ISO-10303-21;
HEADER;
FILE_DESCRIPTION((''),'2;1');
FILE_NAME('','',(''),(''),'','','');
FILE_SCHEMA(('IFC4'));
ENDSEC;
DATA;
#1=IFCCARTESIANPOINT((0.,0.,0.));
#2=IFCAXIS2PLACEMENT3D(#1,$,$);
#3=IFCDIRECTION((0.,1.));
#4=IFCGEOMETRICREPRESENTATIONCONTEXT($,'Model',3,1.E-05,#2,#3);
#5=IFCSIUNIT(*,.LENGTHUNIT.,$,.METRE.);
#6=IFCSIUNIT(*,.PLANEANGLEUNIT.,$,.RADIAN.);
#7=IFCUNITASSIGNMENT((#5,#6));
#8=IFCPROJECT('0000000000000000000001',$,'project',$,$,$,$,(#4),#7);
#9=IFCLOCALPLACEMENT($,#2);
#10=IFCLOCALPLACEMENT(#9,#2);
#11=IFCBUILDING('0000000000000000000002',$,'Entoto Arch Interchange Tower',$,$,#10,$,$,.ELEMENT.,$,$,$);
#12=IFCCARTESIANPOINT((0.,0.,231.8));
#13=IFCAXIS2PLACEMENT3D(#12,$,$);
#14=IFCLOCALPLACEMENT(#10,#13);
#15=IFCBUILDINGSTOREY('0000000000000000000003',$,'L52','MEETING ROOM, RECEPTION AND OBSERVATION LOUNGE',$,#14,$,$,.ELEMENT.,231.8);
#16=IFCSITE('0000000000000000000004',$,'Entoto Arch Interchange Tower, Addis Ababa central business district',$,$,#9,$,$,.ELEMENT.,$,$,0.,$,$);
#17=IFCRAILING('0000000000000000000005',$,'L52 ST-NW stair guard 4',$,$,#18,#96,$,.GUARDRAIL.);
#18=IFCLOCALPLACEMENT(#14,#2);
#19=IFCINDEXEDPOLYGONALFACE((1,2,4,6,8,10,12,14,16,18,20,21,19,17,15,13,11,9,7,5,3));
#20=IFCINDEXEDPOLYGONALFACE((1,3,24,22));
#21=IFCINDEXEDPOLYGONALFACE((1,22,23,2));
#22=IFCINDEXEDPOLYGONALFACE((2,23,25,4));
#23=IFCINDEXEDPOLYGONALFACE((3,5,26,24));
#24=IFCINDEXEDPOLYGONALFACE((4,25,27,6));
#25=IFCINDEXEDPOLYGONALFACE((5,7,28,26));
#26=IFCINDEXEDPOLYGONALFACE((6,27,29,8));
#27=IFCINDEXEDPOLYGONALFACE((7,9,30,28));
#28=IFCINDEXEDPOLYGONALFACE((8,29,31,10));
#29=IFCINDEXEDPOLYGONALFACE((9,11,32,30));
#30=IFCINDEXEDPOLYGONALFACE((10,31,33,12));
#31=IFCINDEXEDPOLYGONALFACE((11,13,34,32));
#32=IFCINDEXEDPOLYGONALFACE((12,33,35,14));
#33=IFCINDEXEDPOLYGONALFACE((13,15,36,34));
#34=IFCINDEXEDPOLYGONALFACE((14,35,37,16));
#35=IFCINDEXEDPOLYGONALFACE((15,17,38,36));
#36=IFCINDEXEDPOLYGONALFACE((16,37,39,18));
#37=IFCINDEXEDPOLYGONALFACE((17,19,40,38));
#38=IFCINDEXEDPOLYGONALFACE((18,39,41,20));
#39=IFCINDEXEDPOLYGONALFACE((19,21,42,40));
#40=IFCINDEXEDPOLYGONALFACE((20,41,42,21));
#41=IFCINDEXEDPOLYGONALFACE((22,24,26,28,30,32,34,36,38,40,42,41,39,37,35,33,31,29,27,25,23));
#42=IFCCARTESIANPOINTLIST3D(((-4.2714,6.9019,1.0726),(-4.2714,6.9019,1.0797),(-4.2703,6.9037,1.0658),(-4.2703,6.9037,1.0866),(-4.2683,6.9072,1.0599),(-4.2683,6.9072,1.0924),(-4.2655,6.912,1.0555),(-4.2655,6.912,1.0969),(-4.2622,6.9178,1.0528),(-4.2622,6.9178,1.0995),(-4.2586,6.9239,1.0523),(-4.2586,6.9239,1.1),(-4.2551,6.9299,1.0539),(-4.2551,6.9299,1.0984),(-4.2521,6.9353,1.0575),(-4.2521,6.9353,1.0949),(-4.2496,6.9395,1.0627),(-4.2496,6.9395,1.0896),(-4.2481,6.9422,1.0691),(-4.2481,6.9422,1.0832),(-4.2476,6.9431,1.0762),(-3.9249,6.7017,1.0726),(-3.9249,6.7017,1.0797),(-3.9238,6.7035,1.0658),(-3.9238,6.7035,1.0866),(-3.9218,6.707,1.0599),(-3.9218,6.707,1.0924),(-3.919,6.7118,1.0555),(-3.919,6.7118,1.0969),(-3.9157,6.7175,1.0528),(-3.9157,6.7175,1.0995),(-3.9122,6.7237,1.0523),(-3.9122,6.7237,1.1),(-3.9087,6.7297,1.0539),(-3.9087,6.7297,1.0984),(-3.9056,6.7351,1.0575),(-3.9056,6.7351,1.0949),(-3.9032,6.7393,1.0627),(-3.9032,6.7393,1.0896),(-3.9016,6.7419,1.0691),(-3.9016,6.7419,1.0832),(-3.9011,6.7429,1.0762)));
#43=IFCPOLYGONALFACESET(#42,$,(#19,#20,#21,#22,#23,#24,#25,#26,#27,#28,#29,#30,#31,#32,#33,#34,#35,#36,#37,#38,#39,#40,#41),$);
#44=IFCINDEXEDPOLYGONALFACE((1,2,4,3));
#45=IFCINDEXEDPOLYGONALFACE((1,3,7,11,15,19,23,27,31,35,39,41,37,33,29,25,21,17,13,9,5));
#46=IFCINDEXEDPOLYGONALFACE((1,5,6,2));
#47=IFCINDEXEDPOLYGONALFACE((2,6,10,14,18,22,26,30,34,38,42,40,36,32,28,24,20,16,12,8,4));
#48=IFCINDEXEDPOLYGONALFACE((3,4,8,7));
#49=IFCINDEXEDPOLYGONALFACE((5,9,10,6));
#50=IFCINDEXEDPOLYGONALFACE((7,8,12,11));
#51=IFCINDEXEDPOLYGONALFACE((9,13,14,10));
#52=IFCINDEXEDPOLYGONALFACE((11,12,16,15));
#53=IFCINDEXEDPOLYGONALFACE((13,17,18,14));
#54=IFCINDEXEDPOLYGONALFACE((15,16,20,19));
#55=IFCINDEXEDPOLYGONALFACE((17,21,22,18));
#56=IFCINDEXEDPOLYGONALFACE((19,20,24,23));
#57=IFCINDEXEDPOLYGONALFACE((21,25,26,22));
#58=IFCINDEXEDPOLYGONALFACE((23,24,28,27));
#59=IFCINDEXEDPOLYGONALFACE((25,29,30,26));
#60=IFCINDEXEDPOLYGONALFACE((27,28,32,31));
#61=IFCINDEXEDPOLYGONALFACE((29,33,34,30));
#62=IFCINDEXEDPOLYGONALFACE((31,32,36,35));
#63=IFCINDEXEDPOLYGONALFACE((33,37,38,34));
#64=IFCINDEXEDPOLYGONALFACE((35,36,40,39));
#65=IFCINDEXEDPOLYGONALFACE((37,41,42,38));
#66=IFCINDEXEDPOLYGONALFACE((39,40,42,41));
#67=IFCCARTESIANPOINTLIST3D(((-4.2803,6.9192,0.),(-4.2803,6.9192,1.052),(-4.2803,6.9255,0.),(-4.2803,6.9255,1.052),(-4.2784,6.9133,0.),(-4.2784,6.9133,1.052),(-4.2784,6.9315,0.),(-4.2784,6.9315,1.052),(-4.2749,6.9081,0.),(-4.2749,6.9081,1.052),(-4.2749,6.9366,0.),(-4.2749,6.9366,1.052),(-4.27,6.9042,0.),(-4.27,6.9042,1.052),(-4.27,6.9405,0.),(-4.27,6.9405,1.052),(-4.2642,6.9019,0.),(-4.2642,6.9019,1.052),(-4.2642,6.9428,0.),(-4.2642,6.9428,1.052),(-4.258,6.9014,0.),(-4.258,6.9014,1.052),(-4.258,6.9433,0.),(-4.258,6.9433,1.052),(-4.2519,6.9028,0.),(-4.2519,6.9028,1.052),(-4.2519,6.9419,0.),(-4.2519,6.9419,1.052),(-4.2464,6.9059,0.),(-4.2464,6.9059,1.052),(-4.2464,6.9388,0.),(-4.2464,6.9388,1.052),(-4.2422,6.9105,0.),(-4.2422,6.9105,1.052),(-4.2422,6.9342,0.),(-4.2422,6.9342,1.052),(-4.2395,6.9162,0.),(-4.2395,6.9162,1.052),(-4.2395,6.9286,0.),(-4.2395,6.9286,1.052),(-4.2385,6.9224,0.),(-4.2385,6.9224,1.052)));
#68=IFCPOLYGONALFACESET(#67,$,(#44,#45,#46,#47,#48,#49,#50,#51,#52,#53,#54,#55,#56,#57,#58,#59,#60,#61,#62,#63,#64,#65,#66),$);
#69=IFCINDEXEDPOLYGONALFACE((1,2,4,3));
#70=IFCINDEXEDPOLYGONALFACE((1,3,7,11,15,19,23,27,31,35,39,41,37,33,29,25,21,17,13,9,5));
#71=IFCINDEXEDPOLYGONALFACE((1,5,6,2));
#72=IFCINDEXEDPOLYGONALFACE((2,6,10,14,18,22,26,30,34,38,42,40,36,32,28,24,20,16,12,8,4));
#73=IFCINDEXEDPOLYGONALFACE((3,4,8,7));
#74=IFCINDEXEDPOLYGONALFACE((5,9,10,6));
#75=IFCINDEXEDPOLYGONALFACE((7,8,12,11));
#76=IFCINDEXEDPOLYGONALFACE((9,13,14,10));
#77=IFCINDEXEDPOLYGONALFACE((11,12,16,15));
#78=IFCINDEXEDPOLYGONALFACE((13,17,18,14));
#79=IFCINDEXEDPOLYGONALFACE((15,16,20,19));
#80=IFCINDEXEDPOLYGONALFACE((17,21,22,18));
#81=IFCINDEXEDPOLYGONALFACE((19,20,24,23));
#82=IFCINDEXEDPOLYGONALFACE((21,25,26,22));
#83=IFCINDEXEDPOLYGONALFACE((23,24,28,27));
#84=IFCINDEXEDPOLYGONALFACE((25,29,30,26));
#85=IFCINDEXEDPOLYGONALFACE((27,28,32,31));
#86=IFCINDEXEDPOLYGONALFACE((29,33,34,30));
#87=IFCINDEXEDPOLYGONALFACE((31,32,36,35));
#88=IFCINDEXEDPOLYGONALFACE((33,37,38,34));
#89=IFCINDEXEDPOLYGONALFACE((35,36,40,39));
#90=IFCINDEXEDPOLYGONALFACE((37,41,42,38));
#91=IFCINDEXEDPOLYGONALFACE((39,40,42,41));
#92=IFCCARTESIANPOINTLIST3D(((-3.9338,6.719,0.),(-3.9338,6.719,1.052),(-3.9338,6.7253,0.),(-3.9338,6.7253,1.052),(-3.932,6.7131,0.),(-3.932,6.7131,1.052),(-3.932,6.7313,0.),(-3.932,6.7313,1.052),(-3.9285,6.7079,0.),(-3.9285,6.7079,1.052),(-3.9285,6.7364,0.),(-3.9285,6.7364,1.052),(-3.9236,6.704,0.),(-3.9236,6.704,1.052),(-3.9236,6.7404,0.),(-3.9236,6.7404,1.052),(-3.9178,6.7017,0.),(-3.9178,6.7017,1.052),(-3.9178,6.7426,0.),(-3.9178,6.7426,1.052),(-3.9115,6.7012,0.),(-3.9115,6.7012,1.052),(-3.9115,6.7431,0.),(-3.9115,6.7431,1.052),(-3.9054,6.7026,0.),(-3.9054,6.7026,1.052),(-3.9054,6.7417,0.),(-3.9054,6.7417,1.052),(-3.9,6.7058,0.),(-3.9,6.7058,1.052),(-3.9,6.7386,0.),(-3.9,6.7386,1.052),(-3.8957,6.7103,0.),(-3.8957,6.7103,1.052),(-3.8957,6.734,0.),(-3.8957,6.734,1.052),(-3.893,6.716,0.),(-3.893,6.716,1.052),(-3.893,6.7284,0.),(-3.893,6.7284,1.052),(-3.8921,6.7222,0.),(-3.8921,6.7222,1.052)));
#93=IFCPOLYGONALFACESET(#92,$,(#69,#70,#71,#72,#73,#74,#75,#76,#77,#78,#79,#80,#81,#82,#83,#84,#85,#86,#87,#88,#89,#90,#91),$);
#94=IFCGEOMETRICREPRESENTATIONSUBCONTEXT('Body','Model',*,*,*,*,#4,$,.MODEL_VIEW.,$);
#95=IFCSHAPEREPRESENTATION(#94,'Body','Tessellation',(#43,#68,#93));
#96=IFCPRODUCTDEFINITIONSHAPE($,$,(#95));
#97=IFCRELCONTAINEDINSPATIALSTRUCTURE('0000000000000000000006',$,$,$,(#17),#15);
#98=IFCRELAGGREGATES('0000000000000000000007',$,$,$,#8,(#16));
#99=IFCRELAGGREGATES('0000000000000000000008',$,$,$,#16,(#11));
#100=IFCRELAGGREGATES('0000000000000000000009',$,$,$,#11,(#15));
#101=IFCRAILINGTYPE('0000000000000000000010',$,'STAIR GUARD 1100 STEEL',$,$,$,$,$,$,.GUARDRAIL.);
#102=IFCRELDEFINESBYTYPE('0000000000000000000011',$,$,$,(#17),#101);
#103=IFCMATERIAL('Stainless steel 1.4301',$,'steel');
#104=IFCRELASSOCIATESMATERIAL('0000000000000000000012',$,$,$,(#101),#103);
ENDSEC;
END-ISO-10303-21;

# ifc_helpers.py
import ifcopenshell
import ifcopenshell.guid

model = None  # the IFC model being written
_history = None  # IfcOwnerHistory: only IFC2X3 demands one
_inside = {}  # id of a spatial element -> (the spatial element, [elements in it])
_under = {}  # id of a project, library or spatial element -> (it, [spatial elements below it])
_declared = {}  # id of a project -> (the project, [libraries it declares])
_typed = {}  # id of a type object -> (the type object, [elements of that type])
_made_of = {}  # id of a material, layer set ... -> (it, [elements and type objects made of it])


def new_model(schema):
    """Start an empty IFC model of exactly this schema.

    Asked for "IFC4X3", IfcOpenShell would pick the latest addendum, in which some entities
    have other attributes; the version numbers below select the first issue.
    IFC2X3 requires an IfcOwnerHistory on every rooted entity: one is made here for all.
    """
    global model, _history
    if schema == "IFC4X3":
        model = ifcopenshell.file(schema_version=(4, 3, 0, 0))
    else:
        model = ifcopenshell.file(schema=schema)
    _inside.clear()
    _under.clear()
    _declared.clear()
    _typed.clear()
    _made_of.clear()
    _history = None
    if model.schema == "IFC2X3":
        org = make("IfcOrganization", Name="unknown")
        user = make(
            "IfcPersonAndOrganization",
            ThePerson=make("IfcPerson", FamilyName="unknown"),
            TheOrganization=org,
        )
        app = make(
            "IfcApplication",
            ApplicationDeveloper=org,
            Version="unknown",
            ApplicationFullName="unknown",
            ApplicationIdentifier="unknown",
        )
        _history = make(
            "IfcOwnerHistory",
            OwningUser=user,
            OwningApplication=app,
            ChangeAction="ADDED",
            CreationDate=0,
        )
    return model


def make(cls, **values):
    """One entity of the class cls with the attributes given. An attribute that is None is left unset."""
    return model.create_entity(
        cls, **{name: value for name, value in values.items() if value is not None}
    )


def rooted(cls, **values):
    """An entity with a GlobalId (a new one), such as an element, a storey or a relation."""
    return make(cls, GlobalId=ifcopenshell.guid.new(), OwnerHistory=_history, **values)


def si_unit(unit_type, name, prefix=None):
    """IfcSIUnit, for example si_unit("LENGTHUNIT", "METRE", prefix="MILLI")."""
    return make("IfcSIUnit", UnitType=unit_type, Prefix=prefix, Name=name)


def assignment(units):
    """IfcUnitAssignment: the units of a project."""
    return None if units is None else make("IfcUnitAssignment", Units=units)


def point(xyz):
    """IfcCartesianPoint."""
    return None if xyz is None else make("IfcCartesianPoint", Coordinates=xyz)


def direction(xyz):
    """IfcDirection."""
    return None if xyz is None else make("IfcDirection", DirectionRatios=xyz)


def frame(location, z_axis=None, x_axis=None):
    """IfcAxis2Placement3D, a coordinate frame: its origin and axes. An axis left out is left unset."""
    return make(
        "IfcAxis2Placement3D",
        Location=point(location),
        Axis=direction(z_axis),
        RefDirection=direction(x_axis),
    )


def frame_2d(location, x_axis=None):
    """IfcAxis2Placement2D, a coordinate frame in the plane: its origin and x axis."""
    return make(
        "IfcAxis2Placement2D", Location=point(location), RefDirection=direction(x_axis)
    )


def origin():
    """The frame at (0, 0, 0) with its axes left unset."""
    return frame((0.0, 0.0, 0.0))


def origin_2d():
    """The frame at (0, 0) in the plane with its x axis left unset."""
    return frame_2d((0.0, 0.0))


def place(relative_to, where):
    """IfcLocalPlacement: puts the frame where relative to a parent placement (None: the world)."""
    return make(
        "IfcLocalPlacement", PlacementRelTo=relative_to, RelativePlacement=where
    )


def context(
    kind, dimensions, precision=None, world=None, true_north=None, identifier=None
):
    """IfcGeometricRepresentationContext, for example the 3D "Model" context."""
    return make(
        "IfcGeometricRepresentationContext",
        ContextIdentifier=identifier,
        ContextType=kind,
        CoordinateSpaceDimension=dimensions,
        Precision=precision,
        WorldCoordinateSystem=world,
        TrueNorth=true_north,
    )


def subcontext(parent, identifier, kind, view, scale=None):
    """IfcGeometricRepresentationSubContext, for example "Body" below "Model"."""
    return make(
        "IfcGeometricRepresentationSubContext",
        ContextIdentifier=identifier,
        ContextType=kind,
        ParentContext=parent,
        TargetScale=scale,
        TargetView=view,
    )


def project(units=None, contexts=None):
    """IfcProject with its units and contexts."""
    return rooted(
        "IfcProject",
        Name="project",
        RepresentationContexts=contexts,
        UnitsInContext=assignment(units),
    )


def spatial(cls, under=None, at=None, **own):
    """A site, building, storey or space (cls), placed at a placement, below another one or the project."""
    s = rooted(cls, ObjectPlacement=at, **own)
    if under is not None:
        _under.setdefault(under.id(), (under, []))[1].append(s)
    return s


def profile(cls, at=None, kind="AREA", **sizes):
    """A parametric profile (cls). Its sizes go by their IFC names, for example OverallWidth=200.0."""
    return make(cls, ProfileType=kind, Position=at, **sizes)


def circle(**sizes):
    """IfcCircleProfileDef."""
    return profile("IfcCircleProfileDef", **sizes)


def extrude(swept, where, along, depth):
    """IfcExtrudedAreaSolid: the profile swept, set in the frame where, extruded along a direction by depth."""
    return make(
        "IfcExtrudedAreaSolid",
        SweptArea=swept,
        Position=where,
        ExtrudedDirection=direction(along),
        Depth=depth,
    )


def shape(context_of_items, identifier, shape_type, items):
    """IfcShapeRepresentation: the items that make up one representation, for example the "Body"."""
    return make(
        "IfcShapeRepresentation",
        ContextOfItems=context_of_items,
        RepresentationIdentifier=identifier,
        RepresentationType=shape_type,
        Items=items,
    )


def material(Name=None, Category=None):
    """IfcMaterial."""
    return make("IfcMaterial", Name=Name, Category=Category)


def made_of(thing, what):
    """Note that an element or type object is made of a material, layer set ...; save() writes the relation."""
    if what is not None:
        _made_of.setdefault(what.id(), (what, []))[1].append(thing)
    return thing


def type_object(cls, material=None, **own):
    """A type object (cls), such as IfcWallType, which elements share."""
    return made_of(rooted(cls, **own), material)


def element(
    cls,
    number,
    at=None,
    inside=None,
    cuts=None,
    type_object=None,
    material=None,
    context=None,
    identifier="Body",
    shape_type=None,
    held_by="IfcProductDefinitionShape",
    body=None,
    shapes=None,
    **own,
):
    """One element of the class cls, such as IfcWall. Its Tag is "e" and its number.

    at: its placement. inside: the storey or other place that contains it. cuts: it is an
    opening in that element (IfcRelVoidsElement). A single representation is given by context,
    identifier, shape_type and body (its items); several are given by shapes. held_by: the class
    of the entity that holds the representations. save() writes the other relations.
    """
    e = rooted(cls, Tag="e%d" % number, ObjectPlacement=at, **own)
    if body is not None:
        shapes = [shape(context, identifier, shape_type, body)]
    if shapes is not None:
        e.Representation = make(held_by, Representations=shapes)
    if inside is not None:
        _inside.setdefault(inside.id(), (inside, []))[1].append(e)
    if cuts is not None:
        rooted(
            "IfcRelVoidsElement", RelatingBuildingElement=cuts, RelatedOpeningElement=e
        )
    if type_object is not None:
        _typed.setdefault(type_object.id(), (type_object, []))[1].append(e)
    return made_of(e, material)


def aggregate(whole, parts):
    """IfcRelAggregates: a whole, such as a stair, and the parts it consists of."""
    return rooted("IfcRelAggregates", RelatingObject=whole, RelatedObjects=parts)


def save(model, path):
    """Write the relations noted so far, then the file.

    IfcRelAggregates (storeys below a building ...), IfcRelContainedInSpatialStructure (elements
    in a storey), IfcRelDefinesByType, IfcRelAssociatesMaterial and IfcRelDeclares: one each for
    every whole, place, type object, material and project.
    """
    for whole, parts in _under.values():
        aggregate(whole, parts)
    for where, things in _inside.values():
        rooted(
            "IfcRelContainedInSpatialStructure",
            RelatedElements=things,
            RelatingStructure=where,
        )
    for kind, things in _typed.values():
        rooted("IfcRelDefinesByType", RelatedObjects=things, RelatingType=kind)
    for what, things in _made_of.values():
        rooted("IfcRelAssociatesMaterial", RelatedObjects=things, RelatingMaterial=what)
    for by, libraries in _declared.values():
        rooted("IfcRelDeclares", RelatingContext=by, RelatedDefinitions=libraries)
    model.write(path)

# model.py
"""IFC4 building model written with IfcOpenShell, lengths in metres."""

from ifc_helpers import new_model, si_unit, direction, frame, origin, origin_2d, place, context, subcontext, project, spatial, circle, extrude, material, type_object, element, save


model = new_model("IFC4")

# Units and contexts
model_context = context("Model", 3, precision=1e-05, world=origin(), true_north=direction((0.0, 1.0)))
body_context = subcontext(model_context, "Body", "Model", "MODEL_VIEW")
ifc_project = project(units=[si_unit("LENGTHUNIT", "METRE"), si_unit("PLANEANGLEUNIT", "RADIAN")], contexts=[model_context])

# Site, building, storey
site_placement = place(None, origin())
site = spatial("IfcSite", under=ifc_project, at=site_placement, Name="Entoto Arch Interchange Tower, Addis Ababa central business district", CompositionType="ELEMENT", RefElevation=0.0)
building_placement = place(site_placement, origin())
building = spatial("IfcBuilding", under=site, at=building_placement, Name="Entoto Arch Interchange Tower", CompositionType="ELEMENT")
storey_placement = place(building_placement, frame((0.0, 0.0, 231.8)))
storey = spatial("IfcBuildingStorey", under=building, at=storey_placement, Name="L52", Description="MEETING ROOM, RECEPTION AND OBSERVATION LOUNGE", CompositionType="ELEMENT", Elevation=231.8)

# Railing
ifc_material_1 = material(Name="Stainless steel 1.4301", Category="steel")
railing_type_1 = type_object("IfcRailingType", Name="STAIR GUARD 1100 STEEL", PredefinedType="GUARDRAIL", material=ifc_material_1)
railing_1_placement = place(storey_placement, frame((-4.2595, 6.9224, 0.0)))
element("IfcRailing", 1, at=railing_1_placement, inside=storey, type_object=railing_type_1, Name="L52 ST-NW stair guard 4", PredefinedType="GUARDRAIL", context=body_context, shape_type="SweptSolid", body=[
    extrude(circle(Radius=0.0239, at=origin_2d()), frame((0.0, 0.0, 1.0762), z_axis=(0.86583, -0.500339, 0.0), x_axis=(0.500339, 0.86583, 0.0)), (0.0, 0.0, 1.0), 0.4001),
    extrude(circle(Radius=0.021, at=origin_2d()), origin(), (0.0, 0.0, 1.0), 1.052),
    extrude(circle(Radius=0.021, at=origin_2d()), frame((0.3464, -0.2002, 0.0)), (0.0, 0.0, 1.0), 1.052),
])

save(model, "model.ifc")
